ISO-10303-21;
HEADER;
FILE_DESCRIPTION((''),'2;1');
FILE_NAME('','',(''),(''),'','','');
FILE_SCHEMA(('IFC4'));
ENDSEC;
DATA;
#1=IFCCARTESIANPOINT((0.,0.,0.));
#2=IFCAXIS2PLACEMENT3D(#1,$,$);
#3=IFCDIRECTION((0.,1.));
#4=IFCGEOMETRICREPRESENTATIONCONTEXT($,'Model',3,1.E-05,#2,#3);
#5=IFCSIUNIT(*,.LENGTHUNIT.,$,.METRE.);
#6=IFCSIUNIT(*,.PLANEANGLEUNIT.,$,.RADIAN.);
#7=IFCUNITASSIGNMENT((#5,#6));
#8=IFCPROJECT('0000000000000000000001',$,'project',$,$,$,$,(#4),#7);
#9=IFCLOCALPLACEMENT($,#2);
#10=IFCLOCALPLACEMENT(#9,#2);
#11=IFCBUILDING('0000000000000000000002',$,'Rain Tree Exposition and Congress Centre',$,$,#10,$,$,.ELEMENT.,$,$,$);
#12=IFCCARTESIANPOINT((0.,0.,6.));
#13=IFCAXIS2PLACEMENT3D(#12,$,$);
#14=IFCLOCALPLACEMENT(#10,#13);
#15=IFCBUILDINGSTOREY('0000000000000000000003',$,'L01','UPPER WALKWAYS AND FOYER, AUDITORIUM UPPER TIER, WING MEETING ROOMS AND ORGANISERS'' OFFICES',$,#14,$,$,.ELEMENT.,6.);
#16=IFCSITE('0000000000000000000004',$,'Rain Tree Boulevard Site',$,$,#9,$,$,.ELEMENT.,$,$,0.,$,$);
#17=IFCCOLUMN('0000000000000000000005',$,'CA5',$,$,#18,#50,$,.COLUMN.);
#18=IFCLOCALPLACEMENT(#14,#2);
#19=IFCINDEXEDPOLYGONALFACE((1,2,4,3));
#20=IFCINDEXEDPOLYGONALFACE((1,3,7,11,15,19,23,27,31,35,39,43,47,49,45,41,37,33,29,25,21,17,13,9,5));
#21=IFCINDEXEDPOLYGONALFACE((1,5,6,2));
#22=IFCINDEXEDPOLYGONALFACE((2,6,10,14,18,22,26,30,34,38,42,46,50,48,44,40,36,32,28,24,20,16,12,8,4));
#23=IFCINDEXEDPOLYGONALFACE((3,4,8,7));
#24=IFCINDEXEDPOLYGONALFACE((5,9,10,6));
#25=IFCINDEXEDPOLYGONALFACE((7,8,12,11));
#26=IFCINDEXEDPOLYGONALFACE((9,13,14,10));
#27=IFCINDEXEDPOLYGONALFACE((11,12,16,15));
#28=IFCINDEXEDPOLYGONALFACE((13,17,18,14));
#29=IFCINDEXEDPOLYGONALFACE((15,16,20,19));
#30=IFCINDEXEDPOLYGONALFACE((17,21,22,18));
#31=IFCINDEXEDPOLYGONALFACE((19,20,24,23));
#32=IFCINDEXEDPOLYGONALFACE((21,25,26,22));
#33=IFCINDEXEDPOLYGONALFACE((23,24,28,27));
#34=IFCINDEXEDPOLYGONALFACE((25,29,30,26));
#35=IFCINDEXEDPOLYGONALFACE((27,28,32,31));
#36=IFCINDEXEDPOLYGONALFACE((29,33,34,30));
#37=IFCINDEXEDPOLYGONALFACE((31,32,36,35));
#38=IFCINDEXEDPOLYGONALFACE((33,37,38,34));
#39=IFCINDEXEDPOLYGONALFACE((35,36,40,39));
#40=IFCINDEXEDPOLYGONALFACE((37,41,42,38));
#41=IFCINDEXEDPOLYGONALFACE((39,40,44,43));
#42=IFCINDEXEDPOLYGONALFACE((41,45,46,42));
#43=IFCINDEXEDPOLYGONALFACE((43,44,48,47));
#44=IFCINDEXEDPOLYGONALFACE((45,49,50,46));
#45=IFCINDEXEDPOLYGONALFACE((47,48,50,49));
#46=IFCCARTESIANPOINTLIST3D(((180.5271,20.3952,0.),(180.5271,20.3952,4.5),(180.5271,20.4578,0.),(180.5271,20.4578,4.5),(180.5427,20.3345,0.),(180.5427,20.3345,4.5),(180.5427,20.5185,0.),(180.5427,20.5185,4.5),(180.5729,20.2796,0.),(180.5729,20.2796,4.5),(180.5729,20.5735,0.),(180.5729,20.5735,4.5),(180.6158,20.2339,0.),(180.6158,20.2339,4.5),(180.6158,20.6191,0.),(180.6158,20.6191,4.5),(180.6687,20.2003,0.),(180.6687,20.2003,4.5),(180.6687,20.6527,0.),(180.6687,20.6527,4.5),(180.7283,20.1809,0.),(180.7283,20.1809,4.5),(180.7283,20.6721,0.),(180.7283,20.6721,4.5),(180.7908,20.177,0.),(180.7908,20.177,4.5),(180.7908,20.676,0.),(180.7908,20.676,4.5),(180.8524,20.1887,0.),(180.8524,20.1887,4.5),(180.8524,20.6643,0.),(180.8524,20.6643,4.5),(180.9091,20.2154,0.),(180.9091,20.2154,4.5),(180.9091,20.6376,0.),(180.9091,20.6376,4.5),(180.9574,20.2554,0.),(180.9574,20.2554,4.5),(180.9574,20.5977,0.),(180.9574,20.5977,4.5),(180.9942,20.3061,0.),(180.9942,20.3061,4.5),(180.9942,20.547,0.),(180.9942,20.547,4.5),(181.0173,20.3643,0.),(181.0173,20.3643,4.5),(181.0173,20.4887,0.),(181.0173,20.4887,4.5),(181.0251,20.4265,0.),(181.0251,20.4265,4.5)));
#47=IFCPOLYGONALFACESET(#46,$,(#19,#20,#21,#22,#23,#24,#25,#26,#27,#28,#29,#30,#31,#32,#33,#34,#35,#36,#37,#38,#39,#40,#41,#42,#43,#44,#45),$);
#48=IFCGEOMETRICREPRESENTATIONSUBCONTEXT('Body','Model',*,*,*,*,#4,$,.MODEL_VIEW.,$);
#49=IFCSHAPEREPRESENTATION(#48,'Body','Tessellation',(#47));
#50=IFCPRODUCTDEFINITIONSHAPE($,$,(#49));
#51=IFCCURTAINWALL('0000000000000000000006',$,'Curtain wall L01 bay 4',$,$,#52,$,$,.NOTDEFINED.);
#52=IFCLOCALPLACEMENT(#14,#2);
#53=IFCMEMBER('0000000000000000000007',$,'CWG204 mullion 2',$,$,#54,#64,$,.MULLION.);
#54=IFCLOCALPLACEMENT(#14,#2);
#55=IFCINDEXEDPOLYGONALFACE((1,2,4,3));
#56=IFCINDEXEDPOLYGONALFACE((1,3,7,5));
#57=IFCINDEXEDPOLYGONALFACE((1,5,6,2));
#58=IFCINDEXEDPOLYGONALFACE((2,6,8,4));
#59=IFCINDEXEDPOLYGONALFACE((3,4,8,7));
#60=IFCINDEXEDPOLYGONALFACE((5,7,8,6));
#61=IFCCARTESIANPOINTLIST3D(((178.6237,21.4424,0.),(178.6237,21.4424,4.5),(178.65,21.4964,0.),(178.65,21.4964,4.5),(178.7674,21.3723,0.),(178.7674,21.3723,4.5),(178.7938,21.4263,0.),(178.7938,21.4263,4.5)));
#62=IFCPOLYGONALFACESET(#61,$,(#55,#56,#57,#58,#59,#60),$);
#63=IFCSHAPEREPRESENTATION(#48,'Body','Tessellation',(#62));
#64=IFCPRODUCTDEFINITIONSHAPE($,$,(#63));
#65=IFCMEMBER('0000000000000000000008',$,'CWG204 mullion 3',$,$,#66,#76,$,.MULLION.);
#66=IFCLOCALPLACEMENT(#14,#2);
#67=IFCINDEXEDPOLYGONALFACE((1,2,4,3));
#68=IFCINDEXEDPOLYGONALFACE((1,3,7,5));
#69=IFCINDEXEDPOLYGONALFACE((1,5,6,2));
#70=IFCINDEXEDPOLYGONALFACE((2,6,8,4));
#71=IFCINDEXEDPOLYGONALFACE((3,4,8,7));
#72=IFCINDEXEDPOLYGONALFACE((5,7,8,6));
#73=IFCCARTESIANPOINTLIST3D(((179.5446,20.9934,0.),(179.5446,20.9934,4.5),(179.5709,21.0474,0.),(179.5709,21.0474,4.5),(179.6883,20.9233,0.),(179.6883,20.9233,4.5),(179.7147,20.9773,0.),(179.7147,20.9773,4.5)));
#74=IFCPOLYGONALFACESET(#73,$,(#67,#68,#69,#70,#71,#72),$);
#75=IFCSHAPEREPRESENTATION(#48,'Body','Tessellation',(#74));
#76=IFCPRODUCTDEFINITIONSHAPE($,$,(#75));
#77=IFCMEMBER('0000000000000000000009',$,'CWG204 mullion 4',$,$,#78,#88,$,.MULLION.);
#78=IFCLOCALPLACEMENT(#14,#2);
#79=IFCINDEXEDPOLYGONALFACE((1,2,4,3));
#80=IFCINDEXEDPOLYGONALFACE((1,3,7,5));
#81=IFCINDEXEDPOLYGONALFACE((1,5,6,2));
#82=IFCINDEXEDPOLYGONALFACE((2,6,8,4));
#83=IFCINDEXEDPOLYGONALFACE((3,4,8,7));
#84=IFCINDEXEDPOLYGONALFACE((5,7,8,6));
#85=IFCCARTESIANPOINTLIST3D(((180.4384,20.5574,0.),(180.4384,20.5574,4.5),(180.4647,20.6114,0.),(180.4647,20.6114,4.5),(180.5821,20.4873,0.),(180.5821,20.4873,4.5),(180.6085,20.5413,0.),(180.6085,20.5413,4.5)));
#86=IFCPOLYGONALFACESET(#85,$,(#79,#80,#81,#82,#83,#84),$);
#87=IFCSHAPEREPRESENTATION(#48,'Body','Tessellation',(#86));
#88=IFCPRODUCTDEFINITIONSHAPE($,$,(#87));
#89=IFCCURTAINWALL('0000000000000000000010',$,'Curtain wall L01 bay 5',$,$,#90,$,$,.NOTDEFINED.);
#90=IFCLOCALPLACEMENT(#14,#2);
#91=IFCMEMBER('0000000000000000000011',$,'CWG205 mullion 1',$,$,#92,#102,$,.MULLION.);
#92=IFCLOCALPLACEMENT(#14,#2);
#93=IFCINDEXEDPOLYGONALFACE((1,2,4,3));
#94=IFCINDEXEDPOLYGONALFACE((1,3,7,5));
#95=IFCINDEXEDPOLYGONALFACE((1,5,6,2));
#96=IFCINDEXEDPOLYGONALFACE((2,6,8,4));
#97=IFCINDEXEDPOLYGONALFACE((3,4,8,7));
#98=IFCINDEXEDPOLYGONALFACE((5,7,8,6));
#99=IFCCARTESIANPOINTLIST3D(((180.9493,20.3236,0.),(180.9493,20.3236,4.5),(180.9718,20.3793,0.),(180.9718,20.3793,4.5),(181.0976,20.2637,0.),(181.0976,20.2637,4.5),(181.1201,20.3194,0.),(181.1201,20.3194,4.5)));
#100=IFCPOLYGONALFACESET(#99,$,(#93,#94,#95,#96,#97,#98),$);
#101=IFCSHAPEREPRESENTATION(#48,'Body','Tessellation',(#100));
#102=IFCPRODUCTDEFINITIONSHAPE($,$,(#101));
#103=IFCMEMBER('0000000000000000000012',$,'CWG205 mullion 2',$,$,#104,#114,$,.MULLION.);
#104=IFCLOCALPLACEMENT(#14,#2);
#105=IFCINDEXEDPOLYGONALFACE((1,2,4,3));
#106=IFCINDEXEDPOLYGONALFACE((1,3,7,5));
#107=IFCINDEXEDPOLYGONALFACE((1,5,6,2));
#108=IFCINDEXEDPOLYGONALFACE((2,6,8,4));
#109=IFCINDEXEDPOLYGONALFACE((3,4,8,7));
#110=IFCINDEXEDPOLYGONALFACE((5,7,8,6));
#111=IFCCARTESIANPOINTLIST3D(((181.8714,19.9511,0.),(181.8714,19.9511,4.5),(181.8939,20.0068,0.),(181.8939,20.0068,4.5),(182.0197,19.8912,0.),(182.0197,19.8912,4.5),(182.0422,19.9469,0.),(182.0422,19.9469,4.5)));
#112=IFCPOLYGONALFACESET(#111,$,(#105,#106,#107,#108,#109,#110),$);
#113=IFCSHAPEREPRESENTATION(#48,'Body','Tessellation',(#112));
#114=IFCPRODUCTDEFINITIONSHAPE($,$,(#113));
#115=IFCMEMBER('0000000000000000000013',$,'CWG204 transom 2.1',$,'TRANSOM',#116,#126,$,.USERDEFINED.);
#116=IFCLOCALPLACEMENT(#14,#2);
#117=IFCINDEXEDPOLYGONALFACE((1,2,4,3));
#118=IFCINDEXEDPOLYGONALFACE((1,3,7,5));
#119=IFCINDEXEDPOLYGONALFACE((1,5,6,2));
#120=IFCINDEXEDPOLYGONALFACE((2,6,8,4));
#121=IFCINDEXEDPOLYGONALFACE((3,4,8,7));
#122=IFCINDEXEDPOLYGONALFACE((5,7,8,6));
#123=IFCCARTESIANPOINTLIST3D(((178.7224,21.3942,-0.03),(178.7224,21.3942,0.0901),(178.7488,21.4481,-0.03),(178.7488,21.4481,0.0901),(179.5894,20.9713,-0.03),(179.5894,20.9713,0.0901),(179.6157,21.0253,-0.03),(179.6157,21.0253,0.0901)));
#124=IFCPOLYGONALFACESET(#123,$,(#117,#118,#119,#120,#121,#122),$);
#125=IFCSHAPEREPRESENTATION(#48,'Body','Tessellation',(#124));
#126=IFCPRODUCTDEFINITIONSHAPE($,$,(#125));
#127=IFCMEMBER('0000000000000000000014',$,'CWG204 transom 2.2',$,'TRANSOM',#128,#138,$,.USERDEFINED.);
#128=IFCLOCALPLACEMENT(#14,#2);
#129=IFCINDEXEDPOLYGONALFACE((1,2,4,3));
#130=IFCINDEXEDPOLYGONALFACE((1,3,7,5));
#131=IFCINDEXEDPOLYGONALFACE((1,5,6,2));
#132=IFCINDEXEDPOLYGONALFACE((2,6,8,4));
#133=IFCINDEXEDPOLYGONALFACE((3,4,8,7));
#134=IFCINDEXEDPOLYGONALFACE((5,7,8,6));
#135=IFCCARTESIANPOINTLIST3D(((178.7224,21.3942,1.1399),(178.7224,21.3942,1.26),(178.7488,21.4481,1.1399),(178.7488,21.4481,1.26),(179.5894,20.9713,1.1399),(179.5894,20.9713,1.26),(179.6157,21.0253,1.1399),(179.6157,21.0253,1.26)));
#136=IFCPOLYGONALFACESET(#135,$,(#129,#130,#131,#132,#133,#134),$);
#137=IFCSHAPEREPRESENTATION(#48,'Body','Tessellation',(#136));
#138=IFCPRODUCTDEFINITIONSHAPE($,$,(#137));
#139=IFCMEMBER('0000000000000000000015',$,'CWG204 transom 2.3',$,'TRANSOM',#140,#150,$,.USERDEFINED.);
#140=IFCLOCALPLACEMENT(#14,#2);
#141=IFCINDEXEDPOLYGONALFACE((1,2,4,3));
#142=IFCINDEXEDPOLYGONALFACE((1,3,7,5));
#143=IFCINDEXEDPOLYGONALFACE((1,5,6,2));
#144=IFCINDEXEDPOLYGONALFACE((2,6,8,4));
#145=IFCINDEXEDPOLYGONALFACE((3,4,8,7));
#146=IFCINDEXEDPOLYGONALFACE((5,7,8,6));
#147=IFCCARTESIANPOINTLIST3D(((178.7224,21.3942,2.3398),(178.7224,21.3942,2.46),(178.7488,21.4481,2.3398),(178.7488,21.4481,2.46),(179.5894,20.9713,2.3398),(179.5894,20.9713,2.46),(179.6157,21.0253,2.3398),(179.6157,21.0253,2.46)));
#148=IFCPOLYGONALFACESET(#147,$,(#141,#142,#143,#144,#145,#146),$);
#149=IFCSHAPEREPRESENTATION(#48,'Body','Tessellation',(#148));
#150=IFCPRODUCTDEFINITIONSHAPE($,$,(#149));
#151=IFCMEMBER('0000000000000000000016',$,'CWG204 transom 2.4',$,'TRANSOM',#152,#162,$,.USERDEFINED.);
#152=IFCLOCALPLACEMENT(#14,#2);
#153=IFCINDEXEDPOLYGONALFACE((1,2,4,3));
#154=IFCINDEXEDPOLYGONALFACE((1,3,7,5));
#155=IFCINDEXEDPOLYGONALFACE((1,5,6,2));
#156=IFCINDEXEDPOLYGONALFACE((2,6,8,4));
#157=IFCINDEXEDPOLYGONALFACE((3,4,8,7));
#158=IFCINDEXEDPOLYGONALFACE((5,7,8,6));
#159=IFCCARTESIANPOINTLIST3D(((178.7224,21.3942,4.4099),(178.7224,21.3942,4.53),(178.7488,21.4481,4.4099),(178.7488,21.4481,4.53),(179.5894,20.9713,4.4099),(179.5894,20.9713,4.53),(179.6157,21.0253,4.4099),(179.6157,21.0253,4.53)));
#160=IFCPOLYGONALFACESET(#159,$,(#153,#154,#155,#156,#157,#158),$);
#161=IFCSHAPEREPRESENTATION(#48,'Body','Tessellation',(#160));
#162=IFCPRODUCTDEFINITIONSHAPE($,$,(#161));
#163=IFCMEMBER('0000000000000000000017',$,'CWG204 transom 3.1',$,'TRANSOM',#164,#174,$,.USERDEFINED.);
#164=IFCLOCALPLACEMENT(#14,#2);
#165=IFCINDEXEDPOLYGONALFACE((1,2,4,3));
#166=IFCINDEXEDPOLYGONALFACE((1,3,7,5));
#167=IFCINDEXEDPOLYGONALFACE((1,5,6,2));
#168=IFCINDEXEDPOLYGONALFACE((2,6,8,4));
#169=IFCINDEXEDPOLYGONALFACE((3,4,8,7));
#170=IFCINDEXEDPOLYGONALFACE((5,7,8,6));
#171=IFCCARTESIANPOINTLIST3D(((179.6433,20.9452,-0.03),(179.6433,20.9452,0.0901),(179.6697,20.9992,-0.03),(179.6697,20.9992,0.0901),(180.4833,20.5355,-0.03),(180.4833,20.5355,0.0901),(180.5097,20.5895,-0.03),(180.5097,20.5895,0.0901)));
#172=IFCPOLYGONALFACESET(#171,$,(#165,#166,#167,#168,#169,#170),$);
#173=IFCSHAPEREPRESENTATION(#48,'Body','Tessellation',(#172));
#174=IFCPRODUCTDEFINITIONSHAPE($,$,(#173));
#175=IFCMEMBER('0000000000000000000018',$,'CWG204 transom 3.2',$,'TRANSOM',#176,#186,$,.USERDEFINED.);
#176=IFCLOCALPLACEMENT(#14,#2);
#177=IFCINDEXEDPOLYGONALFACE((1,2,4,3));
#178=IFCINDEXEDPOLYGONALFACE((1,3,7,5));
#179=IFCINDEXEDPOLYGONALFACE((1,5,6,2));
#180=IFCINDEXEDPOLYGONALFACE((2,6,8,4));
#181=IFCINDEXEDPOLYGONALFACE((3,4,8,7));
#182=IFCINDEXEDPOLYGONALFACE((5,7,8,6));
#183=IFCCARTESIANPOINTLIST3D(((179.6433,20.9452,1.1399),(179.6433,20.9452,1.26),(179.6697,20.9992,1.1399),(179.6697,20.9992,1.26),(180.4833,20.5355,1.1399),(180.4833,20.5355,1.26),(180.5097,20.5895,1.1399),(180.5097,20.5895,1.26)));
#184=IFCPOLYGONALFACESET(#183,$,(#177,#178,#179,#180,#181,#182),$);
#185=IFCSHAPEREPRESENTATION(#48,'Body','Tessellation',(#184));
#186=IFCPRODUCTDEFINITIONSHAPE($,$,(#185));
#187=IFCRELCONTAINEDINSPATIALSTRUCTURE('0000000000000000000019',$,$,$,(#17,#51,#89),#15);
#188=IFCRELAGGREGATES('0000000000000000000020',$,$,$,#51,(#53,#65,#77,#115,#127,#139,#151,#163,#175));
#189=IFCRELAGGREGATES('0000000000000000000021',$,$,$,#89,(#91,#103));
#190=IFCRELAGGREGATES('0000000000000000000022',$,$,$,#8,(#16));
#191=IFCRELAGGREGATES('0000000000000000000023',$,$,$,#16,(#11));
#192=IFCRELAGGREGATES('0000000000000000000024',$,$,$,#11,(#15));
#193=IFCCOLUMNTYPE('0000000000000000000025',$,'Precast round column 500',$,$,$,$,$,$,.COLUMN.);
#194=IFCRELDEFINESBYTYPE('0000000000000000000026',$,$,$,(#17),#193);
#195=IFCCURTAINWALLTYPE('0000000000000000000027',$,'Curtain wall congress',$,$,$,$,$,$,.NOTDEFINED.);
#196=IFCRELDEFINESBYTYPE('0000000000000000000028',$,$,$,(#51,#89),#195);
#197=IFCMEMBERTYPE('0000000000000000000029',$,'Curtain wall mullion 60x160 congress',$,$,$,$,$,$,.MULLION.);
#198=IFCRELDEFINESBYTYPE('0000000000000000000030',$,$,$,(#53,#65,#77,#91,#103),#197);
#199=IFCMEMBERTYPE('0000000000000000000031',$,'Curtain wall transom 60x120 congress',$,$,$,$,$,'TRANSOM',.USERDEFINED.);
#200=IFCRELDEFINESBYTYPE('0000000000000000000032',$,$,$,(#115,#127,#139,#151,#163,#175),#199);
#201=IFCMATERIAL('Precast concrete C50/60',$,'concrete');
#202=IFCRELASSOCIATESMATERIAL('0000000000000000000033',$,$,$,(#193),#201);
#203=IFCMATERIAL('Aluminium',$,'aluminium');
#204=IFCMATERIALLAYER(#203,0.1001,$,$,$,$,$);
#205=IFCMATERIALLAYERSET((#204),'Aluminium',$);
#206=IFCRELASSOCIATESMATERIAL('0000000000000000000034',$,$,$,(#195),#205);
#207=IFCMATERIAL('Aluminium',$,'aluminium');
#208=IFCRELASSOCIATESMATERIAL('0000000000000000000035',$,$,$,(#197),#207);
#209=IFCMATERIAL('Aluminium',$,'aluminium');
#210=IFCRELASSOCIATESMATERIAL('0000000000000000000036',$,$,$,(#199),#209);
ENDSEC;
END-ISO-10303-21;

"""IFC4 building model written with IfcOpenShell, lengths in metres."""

from ifc_helpers import new_model, si_unit, direction, frame, origin, origin_2d, place, context, subcontext, project, spatial, rectangle, circle, extrude, material, layer, layer_set, material_profile, profile_set, type_object, element, aggregate, save


model = new_model("IFC4")

# Units and contexts
model_context = context("Model", 3, precision=1e-05, world=origin(), true_north=direction((0.0, 1.0)))
body_context = subcontext(model_context, "Body", "Model", "MODEL_VIEW")
ifc_project = project(units=[si_unit("LENGTHUNIT", "METRE"), si_unit("PLANEANGLEUNIT", "RADIAN")], contexts=[model_context])

# Site, building, storey
site_placement = place(None, origin())
site = spatial("IfcSite", under=ifc_project, at=site_placement, Name="Rain Tree Boulevard Site", CompositionType="ELEMENT", RefElevation=0.0)
building_placement = place(site_placement, origin())
building = spatial("IfcBuilding", under=site, at=building_placement, Name="Rain Tree Exposition and Congress Centre", CompositionType="ELEMENT")
storey_placement = place(building_placement, frame((0.0, 0.0, 6.0)))
storey = spatial("IfcBuildingStorey", under=building, at=storey_placement, Name="L01", Description="UPPER WALKWAYS AND FOYER, AUDITORIUM UPPER TIER, WING MEETING ROOMS AND ORGANISERS' OFFICES", CompositionType="ELEMENT", Elevation=6.0)

# Column
ifc_material_1 = material(Name="Precast concrete C50/60", Category="concrete")
ifc_material_profile_1 = material_profile(ifc_material_1, circle(Radius=0.25, at=origin_2d()), Name="RC D500")
ifc_profile_set_1 = profile_set([ifc_material_profile_1], Name="Precast concrete C50/60")
column_type = type_object("IfcColumnType", Name="Precast round column 500", PredefinedType="COLUMN", material=ifc_profile_set_1)
column_placement = place(storey_placement, frame((180.7751, 20.4265, 0.0), z_axis=(0.0, 0.0, 1.0), x_axis=(1.0, 0.0, 0.0)))
element("IfcColumn", 1, at=column_placement, inside=storey, type_object=column_type, Name="CA5", PredefinedType="COLUMN", context=body_context, shape_type="SweptSolid", body=[
    extrude(circle(Radius=0.25, at=origin_2d()), origin(), (0.0, 0.0, 1.0), 4.5),
])

# Curtain walls, members
ifc_material_2 = material(Name="Aluminium", Category="aluminium")
ifc_layer_1 = layer(ifc_material_2, 0.1001)
ifc_layer_set_1 = layer_set([ifc_layer_1], Name="Aluminium")
curtain_wall_type = type_object("IfcCurtainWallType", Name="Curtain wall congress", PredefinedType="NOTDEFINED", material=ifc_layer_set_1)
curtain_wall_1_placement = place(storey_placement, origin())
curtain_wall_1 = element("IfcCurtainWall", 2, at=curtain_wall_1_placement, inside=storey, type_object=curtain_wall_type, Name="Curtain wall L01 bay 4", PredefinedType="NOTDEFINED")
ifc_material_3 = material(Name="Aluminium", Category="aluminium")
ifc_material_profile_2 = material_profile(ifc_material_3, rectangle(XDim=0.0601, YDim=0.1599, at=origin_2d()), Name="AL 60x160")
ifc_profile_set_2 = profile_set([ifc_material_profile_2], Name="Aluminium")
member_type_1 = type_object("IfcMemberType", Name="Curtain wall mullion 60x160 congress", PredefinedType="MULLION", material=ifc_profile_set_2)
member_1_placement = place(storey_placement, frame((178.7087, 21.4343, 0.0), z_axis=(0.0, 0.0, 1.0), x_axis=(0.438369, 0.898795, 0.0)))
member_1 = element("IfcMember", 3, at=member_1_placement, type_object=member_type_1, Name="CWG204 mullion 2", PredefinedType="MULLION", context=body_context, shape_type="SweptSolid", body=[
    extrude(rectangle(XDim=0.0601, YDim=0.1599, at=origin_2d()), origin(), (0.0, 0.0, 1.0), 4.5),
])
member_2_placement = place(storey_placement, frame((179.6296, 20.9854, 0.0), z_axis=(0.0, 0.0, 1.0), x_axis=(0.438369, 0.898795, 0.0)))
member_2 = element("IfcMember", 4, at=member_2_placement, type_object=member_type_1, Name="CWG204 mullion 3", PredefinedType="MULLION", context=body_context, shape_type="SweptSolid", body=[
    extrude(rectangle(XDim=0.0601, YDim=0.1599, at=origin_2d()), origin(), (0.0, 0.0, 1.0), 4.5),
])
member_3_placement = place(storey_placement, frame((180.5234, 20.5493, 0.0), z_axis=(0.0, 0.0, 1.0), x_axis=(0.438369, 0.898795, 0.0)))
member_3 = element("IfcMember", 5, at=member_3_placement, type_object=member_type_1, Name="CWG204 mullion 4", PredefinedType="MULLION", context=body_context, shape_type="SweptSolid", body=[
    extrude(rectangle(XDim=0.0601, YDim=0.1599, at=origin_2d()), origin(), (0.0, 0.0, 1.0), 4.5),
])
curtain_wall_2_placement = place(storey_placement, origin())
curtain_wall_2 = element("IfcCurtainWall", 6, at=curtain_wall_2_placement, inside=storey, type_object=curtain_wall_type, Name="Curtain wall L01 bay 5", PredefinedType="NOTDEFINED")
member_4_placement = place(storey_placement, frame((181.0347, 20.3215, 0.0), z_axis=(0.0, 0.0, 1.0), x_axis=(0.374597, 0.927188, 0.0)))
member_4 = element("IfcMember", 7, at=member_4_placement, type_object=member_type_1, Name="CWG205 mullion 1", PredefinedType="MULLION", context=body_context, shape_type="SweptSolid", body=[
    extrude(rectangle(XDim=0.0601, YDim=0.1599, at=origin_2d()), origin(), (0.0, 0.0, 1.0), 4.5),
])
member_5_placement = place(storey_placement, frame((181.9568, 19.949, 0.0), z_axis=(0.0, 0.0, 1.0), x_axis=(0.374597, 0.927188, 0.0)))
member_5 = element("IfcMember", 8, at=member_5_placement, type_object=member_type_1, Name="CWG205 mullion 2", PredefinedType="MULLION", context=body_context, shape_type="SweptSolid", body=[
    extrude(rectangle(XDim=0.0601, YDim=0.1599, at=origin_2d()), origin(), (0.0, 0.0, 1.0), 4.5),
])

# Members
ifc_material_4 = material(Name="Aluminium", Category="aluminium")
ifc_material_profile_3 = material_profile(ifc_material_4, rectangle(XDim=0.0601, YDim=0.1201, at=origin_2d()), Name="AL 60x120")
ifc_profile_set_3 = profile_set([ifc_material_profile_3], Name="Aluminium")
member_type_2 = type_object("IfcMemberType", Name="Curtain wall transom 60x120 congress", ElementType="TRANSOM", PredefinedType="USERDEFINED", material=ifc_profile_set_3)
member_6_placement = place(storey_placement, frame((178.7356, 21.4211, 0.03), z_axis=(0.898788, -0.438384, 0.0), x_axis=(0.438384, 0.898788, 0.0)))
member_6 = element("IfcMember", 9, at=member_6_placement, type_object=member_type_2, Name="CWG204 transom 2.1", ObjectType="TRANSOM", PredefinedType="USERDEFINED", context=body_context, shape_type="SweptSolid", body=[
    extrude(rectangle(XDim=0.0601, YDim=0.1201, at=origin_2d()), origin(), (0.0, 0.0, 1.0), 0.9646),
])
member_7_placement = place(storey_placement, frame((178.7356, 21.4211, 1.2), z_axis=(0.898788, -0.438384, 0.0), x_axis=(0.438384, 0.898788, 0.0)))
member_7 = element("IfcMember", 10, at=member_7_placement, type_object=member_type_2, Name="CWG204 transom 2.2", ObjectType="TRANSOM", PredefinedType="USERDEFINED", context=body_context, shape_type="SweptSolid", body=[
    extrude(rectangle(XDim=0.0601, YDim=0.1201, at=origin_2d()), origin(), (0.0, 0.0, 1.0), 0.9646),
])
member_8_placement = place(storey_placement, frame((178.7356, 21.4211, 2.3999), z_axis=(0.898788, -0.438384, 0.0), x_axis=(0.438384, 0.898788, 0.0)))
member_8 = element("IfcMember", 11, at=member_8_placement, type_object=member_type_2, Name="CWG204 transom 2.3", ObjectType="TRANSOM", PredefinedType="USERDEFINED", context=body_context, shape_type="SweptSolid", body=[
    extrude(rectangle(XDim=0.0601, YDim=0.1201, at=origin_2d()), origin(), (0.0, 0.0, 1.0), 0.9646),
])
member_9_placement = place(storey_placement, frame((178.7356, 21.4211, 4.47), z_axis=(0.898788, -0.438384, 0.0), x_axis=(0.438384, 0.898788, 0.0)))
member_9 = element("IfcMember", 12, at=member_9_placement, type_object=member_type_2, Name="CWG204 transom 2.4", ObjectType="TRANSOM", PredefinedType="USERDEFINED", context=body_context, shape_type="SweptSolid", body=[
    extrude(rectangle(XDim=0.0601, YDim=0.1201, at=origin_2d()), origin(), (0.0, 0.0, 1.0), 0.9646),
])
member_10_placement = place(storey_placement, frame((179.6565, 20.9722, 0.03), z_axis=(0.898824, -0.43831, 0.0), x_axis=(0.43831, 0.898824, 0.0)))
member_10 = element("IfcMember", 13, at=member_10_placement, type_object=member_type_2, Name="CWG204 transom 3.1", ObjectType="TRANSOM", PredefinedType="USERDEFINED", context=body_context, shape_type="SweptSolid", body=[
    extrude(rectangle(XDim=0.0601, YDim=0.1201, at=origin_2d()), origin(), (0.0, 0.0, 1.0), 0.9346),
])
member_11_placement = place(storey_placement, frame((179.6565, 20.9722, 1.2), z_axis=(0.898824, -0.43831, 0.0), x_axis=(0.43831, 0.898824, 0.0)))
member_11 = element("IfcMember", 14, at=member_11_placement, type_object=member_type_2, Name="CWG204 transom 3.2", ObjectType="TRANSOM", PredefinedType="USERDEFINED", context=body_context, shape_type="SweptSolid", body=[
    extrude(rectangle(XDim=0.0601, YDim=0.1201, at=origin_2d()), origin(), (0.0, 0.0, 1.0), 0.9346),
])

aggregate(curtain_wall_1, [member_1, member_2, member_3, member_6, member_7, member_8, member_9, member_10, member_11])
aggregate(curtain_wall_2, [member_4, member_5])

save(model, "model.ifc")
